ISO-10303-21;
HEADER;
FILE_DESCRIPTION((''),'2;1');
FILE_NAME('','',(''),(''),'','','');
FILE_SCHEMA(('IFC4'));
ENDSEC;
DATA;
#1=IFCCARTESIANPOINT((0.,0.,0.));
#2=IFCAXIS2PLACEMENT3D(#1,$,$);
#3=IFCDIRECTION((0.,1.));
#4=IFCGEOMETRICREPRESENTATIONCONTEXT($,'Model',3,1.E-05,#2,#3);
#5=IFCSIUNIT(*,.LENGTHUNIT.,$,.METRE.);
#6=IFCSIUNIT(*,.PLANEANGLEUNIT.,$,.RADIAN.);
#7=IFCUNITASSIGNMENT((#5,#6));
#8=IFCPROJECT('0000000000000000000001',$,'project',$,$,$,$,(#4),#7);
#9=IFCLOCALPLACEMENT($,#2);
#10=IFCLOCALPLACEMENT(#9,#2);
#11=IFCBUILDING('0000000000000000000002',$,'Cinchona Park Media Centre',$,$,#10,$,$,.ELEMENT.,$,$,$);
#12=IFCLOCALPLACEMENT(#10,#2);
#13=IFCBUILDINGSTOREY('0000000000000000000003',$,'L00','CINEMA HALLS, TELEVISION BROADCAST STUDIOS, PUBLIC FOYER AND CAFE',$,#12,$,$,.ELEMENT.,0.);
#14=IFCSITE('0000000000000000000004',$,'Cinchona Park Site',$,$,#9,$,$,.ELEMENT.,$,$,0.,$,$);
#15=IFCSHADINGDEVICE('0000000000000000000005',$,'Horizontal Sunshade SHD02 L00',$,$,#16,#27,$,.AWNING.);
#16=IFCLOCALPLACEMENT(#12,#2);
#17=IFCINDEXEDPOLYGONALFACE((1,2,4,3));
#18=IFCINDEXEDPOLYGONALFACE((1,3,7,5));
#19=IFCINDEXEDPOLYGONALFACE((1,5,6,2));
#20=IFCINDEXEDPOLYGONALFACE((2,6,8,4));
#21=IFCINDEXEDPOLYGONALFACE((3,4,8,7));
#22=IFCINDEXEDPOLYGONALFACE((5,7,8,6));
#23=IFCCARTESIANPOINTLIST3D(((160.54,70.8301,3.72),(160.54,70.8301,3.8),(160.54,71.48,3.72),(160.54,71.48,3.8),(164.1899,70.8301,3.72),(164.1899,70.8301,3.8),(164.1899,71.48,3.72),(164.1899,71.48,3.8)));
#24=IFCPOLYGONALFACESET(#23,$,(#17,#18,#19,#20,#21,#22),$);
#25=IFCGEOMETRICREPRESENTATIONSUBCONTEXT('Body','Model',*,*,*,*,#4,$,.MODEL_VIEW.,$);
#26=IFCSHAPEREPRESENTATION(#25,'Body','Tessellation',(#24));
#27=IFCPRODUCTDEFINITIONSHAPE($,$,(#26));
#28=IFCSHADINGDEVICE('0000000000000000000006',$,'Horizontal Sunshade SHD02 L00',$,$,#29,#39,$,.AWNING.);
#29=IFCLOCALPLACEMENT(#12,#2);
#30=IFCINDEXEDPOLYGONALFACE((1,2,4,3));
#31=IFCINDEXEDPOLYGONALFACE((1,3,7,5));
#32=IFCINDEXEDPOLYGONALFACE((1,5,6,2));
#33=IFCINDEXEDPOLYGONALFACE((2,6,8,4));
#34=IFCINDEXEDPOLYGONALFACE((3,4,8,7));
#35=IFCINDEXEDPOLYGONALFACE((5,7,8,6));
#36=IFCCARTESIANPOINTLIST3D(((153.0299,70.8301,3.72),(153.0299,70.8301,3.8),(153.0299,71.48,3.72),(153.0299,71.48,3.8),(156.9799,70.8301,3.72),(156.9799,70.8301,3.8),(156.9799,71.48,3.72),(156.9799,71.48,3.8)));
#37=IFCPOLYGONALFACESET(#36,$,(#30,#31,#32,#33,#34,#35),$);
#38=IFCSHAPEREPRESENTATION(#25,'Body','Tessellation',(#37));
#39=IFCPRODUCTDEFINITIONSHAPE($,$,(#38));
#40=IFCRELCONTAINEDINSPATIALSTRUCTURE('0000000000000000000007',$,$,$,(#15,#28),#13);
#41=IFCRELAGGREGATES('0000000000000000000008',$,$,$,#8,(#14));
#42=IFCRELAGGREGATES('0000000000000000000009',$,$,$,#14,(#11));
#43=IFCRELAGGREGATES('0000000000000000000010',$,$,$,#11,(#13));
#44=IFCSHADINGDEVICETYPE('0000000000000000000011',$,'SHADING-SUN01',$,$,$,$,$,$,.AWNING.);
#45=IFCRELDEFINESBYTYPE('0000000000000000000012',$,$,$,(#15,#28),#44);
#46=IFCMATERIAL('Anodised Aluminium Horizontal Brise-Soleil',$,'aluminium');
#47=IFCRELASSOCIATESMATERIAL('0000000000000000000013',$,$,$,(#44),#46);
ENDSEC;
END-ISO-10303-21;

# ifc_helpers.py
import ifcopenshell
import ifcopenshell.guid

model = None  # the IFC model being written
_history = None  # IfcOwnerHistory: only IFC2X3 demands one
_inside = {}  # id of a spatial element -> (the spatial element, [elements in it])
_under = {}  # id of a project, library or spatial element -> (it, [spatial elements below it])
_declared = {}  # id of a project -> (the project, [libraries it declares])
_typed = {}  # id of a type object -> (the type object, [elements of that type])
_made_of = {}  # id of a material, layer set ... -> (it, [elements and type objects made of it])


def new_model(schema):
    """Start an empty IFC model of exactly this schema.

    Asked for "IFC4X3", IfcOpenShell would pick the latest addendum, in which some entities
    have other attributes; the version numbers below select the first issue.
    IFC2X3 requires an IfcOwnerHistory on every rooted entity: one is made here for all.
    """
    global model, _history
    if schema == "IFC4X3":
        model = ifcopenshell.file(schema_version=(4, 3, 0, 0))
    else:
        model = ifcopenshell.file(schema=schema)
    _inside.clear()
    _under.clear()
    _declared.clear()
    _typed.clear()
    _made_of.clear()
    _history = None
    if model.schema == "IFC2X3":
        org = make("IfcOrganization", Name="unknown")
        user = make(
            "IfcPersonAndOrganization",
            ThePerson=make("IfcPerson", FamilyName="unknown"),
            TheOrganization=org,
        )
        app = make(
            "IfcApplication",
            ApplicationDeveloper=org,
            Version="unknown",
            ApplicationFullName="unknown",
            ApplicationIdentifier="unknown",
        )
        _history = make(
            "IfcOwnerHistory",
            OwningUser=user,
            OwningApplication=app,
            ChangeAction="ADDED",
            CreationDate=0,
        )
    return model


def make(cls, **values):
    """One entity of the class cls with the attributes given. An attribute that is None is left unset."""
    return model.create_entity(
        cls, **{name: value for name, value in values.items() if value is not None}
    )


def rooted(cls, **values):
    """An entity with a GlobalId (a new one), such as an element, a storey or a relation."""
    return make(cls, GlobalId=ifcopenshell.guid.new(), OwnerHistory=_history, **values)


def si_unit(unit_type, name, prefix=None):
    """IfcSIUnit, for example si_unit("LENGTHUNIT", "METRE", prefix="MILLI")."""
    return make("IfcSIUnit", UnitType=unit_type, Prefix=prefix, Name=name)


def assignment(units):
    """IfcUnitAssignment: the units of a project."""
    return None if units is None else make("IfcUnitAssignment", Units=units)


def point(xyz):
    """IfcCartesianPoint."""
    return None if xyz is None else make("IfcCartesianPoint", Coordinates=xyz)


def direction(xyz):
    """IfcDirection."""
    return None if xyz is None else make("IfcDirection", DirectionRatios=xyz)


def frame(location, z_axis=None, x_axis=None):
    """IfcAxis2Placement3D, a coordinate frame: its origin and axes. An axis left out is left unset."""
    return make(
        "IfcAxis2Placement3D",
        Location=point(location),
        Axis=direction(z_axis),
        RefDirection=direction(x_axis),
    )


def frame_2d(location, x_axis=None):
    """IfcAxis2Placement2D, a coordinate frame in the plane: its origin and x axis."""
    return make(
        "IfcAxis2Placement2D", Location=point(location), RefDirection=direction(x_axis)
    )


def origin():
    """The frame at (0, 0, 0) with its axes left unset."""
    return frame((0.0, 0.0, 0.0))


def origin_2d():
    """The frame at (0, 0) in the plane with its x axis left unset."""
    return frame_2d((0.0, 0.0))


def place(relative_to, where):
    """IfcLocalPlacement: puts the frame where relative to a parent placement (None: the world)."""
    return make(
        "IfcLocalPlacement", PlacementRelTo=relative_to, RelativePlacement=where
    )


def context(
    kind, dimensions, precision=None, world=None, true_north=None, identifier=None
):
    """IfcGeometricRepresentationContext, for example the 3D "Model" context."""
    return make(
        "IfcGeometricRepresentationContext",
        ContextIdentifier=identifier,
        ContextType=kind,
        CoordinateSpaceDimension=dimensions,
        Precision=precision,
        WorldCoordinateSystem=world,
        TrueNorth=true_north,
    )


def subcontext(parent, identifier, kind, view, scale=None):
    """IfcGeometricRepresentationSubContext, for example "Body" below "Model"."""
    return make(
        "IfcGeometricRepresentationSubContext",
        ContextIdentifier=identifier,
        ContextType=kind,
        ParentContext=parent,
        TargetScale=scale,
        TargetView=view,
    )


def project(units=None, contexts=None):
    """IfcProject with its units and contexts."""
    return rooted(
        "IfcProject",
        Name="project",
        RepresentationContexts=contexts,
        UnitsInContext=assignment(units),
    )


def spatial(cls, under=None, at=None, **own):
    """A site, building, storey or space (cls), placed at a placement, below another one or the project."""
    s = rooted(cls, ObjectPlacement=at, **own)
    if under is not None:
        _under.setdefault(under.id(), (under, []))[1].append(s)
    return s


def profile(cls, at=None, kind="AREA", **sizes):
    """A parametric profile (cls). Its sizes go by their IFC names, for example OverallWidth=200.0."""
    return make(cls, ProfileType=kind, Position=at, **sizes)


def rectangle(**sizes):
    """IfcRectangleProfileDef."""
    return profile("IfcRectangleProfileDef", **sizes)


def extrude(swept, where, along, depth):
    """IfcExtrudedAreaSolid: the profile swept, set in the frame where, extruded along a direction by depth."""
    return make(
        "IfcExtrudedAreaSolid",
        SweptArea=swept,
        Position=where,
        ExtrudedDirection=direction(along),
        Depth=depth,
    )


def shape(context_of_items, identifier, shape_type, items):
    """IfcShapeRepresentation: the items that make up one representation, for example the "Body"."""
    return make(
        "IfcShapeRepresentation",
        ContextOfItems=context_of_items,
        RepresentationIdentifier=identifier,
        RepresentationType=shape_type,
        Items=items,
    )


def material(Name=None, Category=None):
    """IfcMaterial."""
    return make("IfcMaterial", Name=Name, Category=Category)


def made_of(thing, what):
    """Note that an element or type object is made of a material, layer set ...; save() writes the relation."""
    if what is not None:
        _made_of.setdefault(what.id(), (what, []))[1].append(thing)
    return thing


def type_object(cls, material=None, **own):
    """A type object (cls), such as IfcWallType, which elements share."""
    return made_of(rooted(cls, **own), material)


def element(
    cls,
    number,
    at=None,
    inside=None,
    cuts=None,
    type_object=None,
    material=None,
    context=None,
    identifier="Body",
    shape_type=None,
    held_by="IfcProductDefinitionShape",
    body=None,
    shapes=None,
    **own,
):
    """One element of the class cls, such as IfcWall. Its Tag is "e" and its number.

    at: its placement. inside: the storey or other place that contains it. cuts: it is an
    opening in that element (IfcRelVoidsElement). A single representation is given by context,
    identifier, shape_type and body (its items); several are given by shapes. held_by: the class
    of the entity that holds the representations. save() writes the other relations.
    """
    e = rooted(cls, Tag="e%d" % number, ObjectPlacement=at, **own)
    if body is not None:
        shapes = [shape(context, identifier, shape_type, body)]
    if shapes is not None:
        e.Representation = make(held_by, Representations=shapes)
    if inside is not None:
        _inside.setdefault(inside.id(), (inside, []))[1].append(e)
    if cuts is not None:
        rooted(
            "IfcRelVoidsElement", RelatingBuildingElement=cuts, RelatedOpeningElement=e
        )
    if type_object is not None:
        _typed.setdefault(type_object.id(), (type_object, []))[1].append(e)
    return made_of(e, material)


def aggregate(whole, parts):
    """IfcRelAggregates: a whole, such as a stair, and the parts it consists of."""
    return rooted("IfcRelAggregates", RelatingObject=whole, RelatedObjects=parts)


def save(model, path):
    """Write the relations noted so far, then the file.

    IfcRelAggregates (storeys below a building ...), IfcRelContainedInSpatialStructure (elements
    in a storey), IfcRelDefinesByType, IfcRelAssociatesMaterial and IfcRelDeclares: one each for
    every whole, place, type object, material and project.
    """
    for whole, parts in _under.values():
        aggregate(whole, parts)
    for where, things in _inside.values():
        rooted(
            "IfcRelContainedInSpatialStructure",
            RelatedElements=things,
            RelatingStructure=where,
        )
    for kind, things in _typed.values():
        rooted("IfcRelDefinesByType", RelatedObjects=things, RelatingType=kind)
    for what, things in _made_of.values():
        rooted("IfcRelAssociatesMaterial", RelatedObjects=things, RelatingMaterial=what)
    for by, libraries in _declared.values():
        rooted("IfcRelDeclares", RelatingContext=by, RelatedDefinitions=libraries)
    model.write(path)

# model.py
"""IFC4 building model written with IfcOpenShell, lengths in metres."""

from ifc_helpers import new_model, si_unit, direction, frame, origin, origin_2d, place, context, subcontext, project, spatial, rectangle, extrude, material, type_object, element, save


model = new_model("IFC4")

# Units and contexts
model_context = context("Model", 3, precision=1e-05, world=origin(), true_north=direction((0.0, 1.0)))
body_context = subcontext(model_context, "Body", "Model", "MODEL_VIEW")
ifc_project = project(units=[si_unit("LENGTHUNIT", "METRE"), si_unit("PLANEANGLEUNIT", "RADIAN")], contexts=[model_context])

# Site, building, storey
site_placement = place(None, origin())
site = spatial("IfcSite", under=ifc_project, at=site_placement, Name="Cinchona Park Site", CompositionType="ELEMENT", RefElevation=0.0)
building_placement = place(site_placement, origin())
building = spatial("IfcBuilding", under=site, at=building_placement, Name="Cinchona Park Media Centre", CompositionType="ELEMENT")
storey_placement = place(building_placement, origin())
storey = spatial("IfcBuildingStorey", under=building, at=storey_placement, Name="L00", Description="CINEMA HALLS, TELEVISION BROADCAST STUDIOS, PUBLIC FOYER AND CAFE", CompositionType="ELEMENT", Elevation=0.0)

# Shading devices
ifc_material_1 = material(Name="Anodised Aluminium Horizontal Brise-Soleil", Category="aluminium")
shading_device_type = type_object("IfcShadingDeviceType", Name="SHADING-SUN01", PredefinedType="AWNING", material=ifc_material_1)
shading_device_1_placement = place(storey_placement, frame((162.365, 71.155, 3.72), z_axis=(0.0, 0.0, 1.0), x_axis=(-1.0, 0.0, 0.0)))
element("IfcShadingDevice", 1, at=shading_device_1_placement, inside=storey, type_object=shading_device_type, Name="Horizontal Sunshade SHD02 L00", PredefinedType="AWNING", context=body_context, shape_type="SweptSolid", body=[
    extrude(rectangle(XDim=3.6499, YDim=0.6499, at=origin_2d()), origin(), (0.0, 0.0, 1.0), 0.0801),
])
shading_device_2_placement = place(storey_placement, frame((155.0049, 71.155, 3.72), z_axis=(0.0, 0.0, 1.0), x_axis=(-1.0, 0.0, 0.0)))
element("IfcShadingDevice", 2, at=shading_device_2_placement, inside=storey, type_object=shading_device_type, Name="Horizontal Sunshade SHD02 L00", PredefinedType="AWNING", context=body_context, shape_type="SweptSolid", body=[
    extrude(rectangle(XDim=3.95, YDim=0.6499, at=origin_2d()), origin(), (0.0, 0.0, 1.0), 0.0801),
])

save(model, "model.ifc")
